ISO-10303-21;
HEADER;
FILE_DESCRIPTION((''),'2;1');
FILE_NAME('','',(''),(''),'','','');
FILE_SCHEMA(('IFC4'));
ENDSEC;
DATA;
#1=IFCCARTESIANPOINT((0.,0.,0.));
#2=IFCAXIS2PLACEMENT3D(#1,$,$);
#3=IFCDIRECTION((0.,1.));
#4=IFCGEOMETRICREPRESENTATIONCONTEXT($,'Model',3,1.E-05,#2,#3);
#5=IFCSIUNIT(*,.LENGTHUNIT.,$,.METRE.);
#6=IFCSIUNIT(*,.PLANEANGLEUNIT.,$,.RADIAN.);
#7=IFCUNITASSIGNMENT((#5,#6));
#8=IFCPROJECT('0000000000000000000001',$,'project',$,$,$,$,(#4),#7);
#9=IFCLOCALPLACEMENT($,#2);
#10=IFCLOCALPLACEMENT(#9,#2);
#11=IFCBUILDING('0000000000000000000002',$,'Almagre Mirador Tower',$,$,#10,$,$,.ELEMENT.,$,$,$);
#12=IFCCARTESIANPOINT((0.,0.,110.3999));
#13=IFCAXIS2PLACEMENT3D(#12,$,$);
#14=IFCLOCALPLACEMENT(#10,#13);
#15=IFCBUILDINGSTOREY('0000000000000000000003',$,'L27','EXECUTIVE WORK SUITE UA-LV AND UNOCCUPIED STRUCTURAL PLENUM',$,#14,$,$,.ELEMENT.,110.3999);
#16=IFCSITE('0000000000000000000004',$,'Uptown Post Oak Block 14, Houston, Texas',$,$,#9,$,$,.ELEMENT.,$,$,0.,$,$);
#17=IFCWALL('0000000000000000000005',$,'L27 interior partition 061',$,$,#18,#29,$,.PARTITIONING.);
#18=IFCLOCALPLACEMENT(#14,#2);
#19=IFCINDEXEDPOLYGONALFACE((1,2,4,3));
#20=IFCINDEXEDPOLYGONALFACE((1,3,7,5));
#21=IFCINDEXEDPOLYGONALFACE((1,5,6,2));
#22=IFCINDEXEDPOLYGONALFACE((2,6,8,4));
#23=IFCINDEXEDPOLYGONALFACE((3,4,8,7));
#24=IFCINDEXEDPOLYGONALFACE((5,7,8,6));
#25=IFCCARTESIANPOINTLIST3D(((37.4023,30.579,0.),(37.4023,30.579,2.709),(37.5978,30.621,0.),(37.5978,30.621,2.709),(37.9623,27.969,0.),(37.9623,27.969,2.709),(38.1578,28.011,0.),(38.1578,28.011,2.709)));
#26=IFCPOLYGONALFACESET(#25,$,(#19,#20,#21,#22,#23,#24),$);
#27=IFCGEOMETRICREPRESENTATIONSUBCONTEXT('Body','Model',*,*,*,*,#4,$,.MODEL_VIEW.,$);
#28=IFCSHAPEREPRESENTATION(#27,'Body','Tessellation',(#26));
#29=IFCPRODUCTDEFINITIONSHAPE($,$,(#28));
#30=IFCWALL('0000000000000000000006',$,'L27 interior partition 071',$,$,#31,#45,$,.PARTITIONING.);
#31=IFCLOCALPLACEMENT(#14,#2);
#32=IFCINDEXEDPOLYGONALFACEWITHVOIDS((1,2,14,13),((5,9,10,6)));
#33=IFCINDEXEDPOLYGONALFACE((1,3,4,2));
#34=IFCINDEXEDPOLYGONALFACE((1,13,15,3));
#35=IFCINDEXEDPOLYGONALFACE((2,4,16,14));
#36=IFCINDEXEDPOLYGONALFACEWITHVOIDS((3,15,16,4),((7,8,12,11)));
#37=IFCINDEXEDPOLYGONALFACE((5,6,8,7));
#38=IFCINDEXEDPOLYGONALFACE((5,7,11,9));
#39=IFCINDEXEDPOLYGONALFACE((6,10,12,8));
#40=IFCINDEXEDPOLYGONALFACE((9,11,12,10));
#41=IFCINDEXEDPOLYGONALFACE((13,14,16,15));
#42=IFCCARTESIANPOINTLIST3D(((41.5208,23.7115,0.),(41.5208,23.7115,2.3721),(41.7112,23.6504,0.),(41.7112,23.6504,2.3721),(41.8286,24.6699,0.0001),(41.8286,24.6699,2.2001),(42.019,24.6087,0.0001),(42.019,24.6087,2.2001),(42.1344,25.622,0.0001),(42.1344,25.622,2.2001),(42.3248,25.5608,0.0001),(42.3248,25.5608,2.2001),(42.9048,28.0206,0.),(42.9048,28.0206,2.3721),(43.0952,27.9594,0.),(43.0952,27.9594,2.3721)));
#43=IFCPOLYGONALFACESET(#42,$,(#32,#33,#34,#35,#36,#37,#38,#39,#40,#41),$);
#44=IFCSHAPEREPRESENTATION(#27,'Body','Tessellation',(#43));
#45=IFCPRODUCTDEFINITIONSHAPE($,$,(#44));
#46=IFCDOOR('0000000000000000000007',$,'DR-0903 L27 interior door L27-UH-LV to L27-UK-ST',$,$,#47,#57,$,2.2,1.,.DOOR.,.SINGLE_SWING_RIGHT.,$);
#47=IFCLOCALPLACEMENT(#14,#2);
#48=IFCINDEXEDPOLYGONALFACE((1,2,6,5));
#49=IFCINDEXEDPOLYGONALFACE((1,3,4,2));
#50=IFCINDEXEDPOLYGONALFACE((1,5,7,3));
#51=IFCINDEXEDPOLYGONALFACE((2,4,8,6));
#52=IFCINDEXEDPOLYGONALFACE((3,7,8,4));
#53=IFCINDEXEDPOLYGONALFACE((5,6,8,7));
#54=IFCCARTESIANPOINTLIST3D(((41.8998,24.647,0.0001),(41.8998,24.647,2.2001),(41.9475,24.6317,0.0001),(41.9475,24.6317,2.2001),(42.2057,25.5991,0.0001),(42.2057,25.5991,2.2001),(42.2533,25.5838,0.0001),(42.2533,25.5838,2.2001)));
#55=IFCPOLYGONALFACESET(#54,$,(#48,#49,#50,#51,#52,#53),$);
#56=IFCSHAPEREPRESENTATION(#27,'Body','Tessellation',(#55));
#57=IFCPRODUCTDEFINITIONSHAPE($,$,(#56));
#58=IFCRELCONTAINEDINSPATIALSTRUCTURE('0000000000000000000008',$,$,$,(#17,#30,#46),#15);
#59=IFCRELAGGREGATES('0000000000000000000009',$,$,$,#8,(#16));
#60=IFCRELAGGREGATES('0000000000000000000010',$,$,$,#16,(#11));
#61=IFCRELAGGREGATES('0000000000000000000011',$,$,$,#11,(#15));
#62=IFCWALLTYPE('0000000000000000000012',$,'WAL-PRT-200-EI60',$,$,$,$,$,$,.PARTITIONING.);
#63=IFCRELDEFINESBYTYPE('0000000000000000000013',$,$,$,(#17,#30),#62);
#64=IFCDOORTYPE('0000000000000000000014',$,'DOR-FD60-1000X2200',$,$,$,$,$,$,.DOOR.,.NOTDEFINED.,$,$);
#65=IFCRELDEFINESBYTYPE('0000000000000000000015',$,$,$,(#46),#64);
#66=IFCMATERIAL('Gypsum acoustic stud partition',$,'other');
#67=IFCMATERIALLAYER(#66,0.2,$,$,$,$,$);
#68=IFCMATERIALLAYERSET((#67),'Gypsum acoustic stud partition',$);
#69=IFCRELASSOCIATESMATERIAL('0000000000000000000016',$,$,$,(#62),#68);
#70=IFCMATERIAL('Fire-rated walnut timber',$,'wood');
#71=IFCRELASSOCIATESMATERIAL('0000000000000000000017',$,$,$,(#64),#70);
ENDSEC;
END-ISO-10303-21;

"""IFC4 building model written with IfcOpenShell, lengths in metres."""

from ifc_helpers import new_model, si_unit, direction, frame, frame_2d, origin, place, context, subcontext, project, spatial, rectangle, extrude, material, layer, layer_set, type_object, element, fill, save


model = new_model("IFC4")

# Units and contexts
model_context = context("Model", 3, precision=1e-05, world=origin(), true_north=direction((0.0, 1.0)))
body_context = subcontext(model_context, "Body", "Model", "MODEL_VIEW")
ifc_project = project(units=[si_unit("LENGTHUNIT", "METRE"), si_unit("PLANEANGLEUNIT", "RADIAN")], contexts=[model_context])

# Site, building, storey
site_placement = place(None, origin())
site = spatial("IfcSite", under=ifc_project, at=site_placement, Name="Uptown Post Oak Block 14, Houston, Texas", CompositionType="ELEMENT", RefElevation=0.0)
building_placement = place(site_placement, origin())
building = spatial("IfcBuilding", under=site, at=building_placement, Name="Almagre Mirador Tower", CompositionType="ELEMENT")
storey_placement = place(building_placement, frame((0.0, 0.0, 110.3999)))
storey = spatial("IfcBuildingStorey", under=building, at=storey_placement, Name="L27", Description="EXECUTIVE WORK SUITE UA-LV AND UNOCCUPIED STRUCTURAL PLENUM", CompositionType="ELEMENT", Elevation=110.3999)

# Wall
ifc_material_1 = material(Name="Gypsum acoustic stud partition", Category="other")
ifc_layer_1 = layer(ifc_material_1, 0.2)
ifc_layer_set_1 = layer_set([ifc_layer_1], Name="Gypsum acoustic stud partition")
wall_type_1 = type_object("IfcWallType", Name="WAL-PRT-200-EI60", PredefinedType="PARTITIONING", material=ifc_layer_set_1)
wall_1_placement = place(storey_placement, frame((38.0601, 27.99, 0.0), z_axis=(0.0, 0.0, 1.0), x_axis=(-0.209798, 0.977745, 0.0)))
element("IfcWall", 1, at=wall_1_placement, inside=storey, type_object=wall_type_1, Name="L27 interior partition 061", PredefinedType="PARTITIONING", context=body_context, shape_type="SweptSolid", body=[
    extrude(rectangle(XDim=2.6694, YDim=0.2, at=frame_2d((1.3347, 0.0))), origin(), (0.0, 0.0, 1.0), 2.709),
])

# Wall, opening, door
wall_2_placement = place(storey_placement, frame((43.0, 27.99, 0.0), z_axis=(0.0, 0.0, 1.0), x_axis=(-0.305803, -0.952095, 0.0)))
wall_2 = element("IfcWall", 2, at=wall_2_placement, inside=storey, type_object=wall_type_1, Name="L27 interior partition 071", PredefinedType="PARTITIONING", context=body_context, shape_type="SweptSolid", body=[
    extrude(rectangle(XDim=4.5259, YDim=0.2, at=frame_2d((2.2629, 0.0))), origin(), (0.0, 0.0, 1.0), 2.3721),
])
opening_1_placement = place(wall_2_placement, frame((2.5193, 0.0, 0.0)))
opening_1 = element("IfcOpeningElement", 3, at=opening_1_placement, cuts=wall_2, PredefinedType="OPENING", context=body_context, shape_type="SweptSolid", body=[
    extrude(rectangle(XDim=1.0, YDim=2.2, at=frame_2d((0.5, 1.1001))), frame((0.0, 0.1101, 0.0), z_axis=(0.0, -1.0, 0.0), x_axis=(1.0, 0.0, 0.0)), (0.0, 0.0, 1.0), 0.22),
])
ifc_material_2 = material(Name="Fire-rated walnut timber", Category="wood")
door_type_1 = type_object("IfcDoorType", Name="DOR-FD60-1000X2200", OperationType="NOTDEFINED", PredefinedType="DOOR", material=ifc_material_2)
door_1_placement = place(opening_1_placement, origin())
door_1 = element("IfcDoor", 4, at=door_1_placement, inside=storey, type_object=door_type_1, Name="DR-0903 L27 interior door L27-UH-LV to L27-UK-ST", OperationType="SINGLE_SWING_RIGHT", OverallHeight=2.2, OverallWidth=1.0, PredefinedType="DOOR", context=body_context, shape_type="SweptSolid", body=[
    extrude(rectangle(XDim=1.0, YDim=2.2, at=frame_2d((0.5, 1.1001))), frame((0.0, 0.0249, 0.0), z_axis=(0.0, -1.0, 0.0), x_axis=(1.0, 0.0, 0.0)), (0.0, 0.0, 1.0), 0.05),
])
fill(opening_1, door_1)

save(model, "model.ifc")
